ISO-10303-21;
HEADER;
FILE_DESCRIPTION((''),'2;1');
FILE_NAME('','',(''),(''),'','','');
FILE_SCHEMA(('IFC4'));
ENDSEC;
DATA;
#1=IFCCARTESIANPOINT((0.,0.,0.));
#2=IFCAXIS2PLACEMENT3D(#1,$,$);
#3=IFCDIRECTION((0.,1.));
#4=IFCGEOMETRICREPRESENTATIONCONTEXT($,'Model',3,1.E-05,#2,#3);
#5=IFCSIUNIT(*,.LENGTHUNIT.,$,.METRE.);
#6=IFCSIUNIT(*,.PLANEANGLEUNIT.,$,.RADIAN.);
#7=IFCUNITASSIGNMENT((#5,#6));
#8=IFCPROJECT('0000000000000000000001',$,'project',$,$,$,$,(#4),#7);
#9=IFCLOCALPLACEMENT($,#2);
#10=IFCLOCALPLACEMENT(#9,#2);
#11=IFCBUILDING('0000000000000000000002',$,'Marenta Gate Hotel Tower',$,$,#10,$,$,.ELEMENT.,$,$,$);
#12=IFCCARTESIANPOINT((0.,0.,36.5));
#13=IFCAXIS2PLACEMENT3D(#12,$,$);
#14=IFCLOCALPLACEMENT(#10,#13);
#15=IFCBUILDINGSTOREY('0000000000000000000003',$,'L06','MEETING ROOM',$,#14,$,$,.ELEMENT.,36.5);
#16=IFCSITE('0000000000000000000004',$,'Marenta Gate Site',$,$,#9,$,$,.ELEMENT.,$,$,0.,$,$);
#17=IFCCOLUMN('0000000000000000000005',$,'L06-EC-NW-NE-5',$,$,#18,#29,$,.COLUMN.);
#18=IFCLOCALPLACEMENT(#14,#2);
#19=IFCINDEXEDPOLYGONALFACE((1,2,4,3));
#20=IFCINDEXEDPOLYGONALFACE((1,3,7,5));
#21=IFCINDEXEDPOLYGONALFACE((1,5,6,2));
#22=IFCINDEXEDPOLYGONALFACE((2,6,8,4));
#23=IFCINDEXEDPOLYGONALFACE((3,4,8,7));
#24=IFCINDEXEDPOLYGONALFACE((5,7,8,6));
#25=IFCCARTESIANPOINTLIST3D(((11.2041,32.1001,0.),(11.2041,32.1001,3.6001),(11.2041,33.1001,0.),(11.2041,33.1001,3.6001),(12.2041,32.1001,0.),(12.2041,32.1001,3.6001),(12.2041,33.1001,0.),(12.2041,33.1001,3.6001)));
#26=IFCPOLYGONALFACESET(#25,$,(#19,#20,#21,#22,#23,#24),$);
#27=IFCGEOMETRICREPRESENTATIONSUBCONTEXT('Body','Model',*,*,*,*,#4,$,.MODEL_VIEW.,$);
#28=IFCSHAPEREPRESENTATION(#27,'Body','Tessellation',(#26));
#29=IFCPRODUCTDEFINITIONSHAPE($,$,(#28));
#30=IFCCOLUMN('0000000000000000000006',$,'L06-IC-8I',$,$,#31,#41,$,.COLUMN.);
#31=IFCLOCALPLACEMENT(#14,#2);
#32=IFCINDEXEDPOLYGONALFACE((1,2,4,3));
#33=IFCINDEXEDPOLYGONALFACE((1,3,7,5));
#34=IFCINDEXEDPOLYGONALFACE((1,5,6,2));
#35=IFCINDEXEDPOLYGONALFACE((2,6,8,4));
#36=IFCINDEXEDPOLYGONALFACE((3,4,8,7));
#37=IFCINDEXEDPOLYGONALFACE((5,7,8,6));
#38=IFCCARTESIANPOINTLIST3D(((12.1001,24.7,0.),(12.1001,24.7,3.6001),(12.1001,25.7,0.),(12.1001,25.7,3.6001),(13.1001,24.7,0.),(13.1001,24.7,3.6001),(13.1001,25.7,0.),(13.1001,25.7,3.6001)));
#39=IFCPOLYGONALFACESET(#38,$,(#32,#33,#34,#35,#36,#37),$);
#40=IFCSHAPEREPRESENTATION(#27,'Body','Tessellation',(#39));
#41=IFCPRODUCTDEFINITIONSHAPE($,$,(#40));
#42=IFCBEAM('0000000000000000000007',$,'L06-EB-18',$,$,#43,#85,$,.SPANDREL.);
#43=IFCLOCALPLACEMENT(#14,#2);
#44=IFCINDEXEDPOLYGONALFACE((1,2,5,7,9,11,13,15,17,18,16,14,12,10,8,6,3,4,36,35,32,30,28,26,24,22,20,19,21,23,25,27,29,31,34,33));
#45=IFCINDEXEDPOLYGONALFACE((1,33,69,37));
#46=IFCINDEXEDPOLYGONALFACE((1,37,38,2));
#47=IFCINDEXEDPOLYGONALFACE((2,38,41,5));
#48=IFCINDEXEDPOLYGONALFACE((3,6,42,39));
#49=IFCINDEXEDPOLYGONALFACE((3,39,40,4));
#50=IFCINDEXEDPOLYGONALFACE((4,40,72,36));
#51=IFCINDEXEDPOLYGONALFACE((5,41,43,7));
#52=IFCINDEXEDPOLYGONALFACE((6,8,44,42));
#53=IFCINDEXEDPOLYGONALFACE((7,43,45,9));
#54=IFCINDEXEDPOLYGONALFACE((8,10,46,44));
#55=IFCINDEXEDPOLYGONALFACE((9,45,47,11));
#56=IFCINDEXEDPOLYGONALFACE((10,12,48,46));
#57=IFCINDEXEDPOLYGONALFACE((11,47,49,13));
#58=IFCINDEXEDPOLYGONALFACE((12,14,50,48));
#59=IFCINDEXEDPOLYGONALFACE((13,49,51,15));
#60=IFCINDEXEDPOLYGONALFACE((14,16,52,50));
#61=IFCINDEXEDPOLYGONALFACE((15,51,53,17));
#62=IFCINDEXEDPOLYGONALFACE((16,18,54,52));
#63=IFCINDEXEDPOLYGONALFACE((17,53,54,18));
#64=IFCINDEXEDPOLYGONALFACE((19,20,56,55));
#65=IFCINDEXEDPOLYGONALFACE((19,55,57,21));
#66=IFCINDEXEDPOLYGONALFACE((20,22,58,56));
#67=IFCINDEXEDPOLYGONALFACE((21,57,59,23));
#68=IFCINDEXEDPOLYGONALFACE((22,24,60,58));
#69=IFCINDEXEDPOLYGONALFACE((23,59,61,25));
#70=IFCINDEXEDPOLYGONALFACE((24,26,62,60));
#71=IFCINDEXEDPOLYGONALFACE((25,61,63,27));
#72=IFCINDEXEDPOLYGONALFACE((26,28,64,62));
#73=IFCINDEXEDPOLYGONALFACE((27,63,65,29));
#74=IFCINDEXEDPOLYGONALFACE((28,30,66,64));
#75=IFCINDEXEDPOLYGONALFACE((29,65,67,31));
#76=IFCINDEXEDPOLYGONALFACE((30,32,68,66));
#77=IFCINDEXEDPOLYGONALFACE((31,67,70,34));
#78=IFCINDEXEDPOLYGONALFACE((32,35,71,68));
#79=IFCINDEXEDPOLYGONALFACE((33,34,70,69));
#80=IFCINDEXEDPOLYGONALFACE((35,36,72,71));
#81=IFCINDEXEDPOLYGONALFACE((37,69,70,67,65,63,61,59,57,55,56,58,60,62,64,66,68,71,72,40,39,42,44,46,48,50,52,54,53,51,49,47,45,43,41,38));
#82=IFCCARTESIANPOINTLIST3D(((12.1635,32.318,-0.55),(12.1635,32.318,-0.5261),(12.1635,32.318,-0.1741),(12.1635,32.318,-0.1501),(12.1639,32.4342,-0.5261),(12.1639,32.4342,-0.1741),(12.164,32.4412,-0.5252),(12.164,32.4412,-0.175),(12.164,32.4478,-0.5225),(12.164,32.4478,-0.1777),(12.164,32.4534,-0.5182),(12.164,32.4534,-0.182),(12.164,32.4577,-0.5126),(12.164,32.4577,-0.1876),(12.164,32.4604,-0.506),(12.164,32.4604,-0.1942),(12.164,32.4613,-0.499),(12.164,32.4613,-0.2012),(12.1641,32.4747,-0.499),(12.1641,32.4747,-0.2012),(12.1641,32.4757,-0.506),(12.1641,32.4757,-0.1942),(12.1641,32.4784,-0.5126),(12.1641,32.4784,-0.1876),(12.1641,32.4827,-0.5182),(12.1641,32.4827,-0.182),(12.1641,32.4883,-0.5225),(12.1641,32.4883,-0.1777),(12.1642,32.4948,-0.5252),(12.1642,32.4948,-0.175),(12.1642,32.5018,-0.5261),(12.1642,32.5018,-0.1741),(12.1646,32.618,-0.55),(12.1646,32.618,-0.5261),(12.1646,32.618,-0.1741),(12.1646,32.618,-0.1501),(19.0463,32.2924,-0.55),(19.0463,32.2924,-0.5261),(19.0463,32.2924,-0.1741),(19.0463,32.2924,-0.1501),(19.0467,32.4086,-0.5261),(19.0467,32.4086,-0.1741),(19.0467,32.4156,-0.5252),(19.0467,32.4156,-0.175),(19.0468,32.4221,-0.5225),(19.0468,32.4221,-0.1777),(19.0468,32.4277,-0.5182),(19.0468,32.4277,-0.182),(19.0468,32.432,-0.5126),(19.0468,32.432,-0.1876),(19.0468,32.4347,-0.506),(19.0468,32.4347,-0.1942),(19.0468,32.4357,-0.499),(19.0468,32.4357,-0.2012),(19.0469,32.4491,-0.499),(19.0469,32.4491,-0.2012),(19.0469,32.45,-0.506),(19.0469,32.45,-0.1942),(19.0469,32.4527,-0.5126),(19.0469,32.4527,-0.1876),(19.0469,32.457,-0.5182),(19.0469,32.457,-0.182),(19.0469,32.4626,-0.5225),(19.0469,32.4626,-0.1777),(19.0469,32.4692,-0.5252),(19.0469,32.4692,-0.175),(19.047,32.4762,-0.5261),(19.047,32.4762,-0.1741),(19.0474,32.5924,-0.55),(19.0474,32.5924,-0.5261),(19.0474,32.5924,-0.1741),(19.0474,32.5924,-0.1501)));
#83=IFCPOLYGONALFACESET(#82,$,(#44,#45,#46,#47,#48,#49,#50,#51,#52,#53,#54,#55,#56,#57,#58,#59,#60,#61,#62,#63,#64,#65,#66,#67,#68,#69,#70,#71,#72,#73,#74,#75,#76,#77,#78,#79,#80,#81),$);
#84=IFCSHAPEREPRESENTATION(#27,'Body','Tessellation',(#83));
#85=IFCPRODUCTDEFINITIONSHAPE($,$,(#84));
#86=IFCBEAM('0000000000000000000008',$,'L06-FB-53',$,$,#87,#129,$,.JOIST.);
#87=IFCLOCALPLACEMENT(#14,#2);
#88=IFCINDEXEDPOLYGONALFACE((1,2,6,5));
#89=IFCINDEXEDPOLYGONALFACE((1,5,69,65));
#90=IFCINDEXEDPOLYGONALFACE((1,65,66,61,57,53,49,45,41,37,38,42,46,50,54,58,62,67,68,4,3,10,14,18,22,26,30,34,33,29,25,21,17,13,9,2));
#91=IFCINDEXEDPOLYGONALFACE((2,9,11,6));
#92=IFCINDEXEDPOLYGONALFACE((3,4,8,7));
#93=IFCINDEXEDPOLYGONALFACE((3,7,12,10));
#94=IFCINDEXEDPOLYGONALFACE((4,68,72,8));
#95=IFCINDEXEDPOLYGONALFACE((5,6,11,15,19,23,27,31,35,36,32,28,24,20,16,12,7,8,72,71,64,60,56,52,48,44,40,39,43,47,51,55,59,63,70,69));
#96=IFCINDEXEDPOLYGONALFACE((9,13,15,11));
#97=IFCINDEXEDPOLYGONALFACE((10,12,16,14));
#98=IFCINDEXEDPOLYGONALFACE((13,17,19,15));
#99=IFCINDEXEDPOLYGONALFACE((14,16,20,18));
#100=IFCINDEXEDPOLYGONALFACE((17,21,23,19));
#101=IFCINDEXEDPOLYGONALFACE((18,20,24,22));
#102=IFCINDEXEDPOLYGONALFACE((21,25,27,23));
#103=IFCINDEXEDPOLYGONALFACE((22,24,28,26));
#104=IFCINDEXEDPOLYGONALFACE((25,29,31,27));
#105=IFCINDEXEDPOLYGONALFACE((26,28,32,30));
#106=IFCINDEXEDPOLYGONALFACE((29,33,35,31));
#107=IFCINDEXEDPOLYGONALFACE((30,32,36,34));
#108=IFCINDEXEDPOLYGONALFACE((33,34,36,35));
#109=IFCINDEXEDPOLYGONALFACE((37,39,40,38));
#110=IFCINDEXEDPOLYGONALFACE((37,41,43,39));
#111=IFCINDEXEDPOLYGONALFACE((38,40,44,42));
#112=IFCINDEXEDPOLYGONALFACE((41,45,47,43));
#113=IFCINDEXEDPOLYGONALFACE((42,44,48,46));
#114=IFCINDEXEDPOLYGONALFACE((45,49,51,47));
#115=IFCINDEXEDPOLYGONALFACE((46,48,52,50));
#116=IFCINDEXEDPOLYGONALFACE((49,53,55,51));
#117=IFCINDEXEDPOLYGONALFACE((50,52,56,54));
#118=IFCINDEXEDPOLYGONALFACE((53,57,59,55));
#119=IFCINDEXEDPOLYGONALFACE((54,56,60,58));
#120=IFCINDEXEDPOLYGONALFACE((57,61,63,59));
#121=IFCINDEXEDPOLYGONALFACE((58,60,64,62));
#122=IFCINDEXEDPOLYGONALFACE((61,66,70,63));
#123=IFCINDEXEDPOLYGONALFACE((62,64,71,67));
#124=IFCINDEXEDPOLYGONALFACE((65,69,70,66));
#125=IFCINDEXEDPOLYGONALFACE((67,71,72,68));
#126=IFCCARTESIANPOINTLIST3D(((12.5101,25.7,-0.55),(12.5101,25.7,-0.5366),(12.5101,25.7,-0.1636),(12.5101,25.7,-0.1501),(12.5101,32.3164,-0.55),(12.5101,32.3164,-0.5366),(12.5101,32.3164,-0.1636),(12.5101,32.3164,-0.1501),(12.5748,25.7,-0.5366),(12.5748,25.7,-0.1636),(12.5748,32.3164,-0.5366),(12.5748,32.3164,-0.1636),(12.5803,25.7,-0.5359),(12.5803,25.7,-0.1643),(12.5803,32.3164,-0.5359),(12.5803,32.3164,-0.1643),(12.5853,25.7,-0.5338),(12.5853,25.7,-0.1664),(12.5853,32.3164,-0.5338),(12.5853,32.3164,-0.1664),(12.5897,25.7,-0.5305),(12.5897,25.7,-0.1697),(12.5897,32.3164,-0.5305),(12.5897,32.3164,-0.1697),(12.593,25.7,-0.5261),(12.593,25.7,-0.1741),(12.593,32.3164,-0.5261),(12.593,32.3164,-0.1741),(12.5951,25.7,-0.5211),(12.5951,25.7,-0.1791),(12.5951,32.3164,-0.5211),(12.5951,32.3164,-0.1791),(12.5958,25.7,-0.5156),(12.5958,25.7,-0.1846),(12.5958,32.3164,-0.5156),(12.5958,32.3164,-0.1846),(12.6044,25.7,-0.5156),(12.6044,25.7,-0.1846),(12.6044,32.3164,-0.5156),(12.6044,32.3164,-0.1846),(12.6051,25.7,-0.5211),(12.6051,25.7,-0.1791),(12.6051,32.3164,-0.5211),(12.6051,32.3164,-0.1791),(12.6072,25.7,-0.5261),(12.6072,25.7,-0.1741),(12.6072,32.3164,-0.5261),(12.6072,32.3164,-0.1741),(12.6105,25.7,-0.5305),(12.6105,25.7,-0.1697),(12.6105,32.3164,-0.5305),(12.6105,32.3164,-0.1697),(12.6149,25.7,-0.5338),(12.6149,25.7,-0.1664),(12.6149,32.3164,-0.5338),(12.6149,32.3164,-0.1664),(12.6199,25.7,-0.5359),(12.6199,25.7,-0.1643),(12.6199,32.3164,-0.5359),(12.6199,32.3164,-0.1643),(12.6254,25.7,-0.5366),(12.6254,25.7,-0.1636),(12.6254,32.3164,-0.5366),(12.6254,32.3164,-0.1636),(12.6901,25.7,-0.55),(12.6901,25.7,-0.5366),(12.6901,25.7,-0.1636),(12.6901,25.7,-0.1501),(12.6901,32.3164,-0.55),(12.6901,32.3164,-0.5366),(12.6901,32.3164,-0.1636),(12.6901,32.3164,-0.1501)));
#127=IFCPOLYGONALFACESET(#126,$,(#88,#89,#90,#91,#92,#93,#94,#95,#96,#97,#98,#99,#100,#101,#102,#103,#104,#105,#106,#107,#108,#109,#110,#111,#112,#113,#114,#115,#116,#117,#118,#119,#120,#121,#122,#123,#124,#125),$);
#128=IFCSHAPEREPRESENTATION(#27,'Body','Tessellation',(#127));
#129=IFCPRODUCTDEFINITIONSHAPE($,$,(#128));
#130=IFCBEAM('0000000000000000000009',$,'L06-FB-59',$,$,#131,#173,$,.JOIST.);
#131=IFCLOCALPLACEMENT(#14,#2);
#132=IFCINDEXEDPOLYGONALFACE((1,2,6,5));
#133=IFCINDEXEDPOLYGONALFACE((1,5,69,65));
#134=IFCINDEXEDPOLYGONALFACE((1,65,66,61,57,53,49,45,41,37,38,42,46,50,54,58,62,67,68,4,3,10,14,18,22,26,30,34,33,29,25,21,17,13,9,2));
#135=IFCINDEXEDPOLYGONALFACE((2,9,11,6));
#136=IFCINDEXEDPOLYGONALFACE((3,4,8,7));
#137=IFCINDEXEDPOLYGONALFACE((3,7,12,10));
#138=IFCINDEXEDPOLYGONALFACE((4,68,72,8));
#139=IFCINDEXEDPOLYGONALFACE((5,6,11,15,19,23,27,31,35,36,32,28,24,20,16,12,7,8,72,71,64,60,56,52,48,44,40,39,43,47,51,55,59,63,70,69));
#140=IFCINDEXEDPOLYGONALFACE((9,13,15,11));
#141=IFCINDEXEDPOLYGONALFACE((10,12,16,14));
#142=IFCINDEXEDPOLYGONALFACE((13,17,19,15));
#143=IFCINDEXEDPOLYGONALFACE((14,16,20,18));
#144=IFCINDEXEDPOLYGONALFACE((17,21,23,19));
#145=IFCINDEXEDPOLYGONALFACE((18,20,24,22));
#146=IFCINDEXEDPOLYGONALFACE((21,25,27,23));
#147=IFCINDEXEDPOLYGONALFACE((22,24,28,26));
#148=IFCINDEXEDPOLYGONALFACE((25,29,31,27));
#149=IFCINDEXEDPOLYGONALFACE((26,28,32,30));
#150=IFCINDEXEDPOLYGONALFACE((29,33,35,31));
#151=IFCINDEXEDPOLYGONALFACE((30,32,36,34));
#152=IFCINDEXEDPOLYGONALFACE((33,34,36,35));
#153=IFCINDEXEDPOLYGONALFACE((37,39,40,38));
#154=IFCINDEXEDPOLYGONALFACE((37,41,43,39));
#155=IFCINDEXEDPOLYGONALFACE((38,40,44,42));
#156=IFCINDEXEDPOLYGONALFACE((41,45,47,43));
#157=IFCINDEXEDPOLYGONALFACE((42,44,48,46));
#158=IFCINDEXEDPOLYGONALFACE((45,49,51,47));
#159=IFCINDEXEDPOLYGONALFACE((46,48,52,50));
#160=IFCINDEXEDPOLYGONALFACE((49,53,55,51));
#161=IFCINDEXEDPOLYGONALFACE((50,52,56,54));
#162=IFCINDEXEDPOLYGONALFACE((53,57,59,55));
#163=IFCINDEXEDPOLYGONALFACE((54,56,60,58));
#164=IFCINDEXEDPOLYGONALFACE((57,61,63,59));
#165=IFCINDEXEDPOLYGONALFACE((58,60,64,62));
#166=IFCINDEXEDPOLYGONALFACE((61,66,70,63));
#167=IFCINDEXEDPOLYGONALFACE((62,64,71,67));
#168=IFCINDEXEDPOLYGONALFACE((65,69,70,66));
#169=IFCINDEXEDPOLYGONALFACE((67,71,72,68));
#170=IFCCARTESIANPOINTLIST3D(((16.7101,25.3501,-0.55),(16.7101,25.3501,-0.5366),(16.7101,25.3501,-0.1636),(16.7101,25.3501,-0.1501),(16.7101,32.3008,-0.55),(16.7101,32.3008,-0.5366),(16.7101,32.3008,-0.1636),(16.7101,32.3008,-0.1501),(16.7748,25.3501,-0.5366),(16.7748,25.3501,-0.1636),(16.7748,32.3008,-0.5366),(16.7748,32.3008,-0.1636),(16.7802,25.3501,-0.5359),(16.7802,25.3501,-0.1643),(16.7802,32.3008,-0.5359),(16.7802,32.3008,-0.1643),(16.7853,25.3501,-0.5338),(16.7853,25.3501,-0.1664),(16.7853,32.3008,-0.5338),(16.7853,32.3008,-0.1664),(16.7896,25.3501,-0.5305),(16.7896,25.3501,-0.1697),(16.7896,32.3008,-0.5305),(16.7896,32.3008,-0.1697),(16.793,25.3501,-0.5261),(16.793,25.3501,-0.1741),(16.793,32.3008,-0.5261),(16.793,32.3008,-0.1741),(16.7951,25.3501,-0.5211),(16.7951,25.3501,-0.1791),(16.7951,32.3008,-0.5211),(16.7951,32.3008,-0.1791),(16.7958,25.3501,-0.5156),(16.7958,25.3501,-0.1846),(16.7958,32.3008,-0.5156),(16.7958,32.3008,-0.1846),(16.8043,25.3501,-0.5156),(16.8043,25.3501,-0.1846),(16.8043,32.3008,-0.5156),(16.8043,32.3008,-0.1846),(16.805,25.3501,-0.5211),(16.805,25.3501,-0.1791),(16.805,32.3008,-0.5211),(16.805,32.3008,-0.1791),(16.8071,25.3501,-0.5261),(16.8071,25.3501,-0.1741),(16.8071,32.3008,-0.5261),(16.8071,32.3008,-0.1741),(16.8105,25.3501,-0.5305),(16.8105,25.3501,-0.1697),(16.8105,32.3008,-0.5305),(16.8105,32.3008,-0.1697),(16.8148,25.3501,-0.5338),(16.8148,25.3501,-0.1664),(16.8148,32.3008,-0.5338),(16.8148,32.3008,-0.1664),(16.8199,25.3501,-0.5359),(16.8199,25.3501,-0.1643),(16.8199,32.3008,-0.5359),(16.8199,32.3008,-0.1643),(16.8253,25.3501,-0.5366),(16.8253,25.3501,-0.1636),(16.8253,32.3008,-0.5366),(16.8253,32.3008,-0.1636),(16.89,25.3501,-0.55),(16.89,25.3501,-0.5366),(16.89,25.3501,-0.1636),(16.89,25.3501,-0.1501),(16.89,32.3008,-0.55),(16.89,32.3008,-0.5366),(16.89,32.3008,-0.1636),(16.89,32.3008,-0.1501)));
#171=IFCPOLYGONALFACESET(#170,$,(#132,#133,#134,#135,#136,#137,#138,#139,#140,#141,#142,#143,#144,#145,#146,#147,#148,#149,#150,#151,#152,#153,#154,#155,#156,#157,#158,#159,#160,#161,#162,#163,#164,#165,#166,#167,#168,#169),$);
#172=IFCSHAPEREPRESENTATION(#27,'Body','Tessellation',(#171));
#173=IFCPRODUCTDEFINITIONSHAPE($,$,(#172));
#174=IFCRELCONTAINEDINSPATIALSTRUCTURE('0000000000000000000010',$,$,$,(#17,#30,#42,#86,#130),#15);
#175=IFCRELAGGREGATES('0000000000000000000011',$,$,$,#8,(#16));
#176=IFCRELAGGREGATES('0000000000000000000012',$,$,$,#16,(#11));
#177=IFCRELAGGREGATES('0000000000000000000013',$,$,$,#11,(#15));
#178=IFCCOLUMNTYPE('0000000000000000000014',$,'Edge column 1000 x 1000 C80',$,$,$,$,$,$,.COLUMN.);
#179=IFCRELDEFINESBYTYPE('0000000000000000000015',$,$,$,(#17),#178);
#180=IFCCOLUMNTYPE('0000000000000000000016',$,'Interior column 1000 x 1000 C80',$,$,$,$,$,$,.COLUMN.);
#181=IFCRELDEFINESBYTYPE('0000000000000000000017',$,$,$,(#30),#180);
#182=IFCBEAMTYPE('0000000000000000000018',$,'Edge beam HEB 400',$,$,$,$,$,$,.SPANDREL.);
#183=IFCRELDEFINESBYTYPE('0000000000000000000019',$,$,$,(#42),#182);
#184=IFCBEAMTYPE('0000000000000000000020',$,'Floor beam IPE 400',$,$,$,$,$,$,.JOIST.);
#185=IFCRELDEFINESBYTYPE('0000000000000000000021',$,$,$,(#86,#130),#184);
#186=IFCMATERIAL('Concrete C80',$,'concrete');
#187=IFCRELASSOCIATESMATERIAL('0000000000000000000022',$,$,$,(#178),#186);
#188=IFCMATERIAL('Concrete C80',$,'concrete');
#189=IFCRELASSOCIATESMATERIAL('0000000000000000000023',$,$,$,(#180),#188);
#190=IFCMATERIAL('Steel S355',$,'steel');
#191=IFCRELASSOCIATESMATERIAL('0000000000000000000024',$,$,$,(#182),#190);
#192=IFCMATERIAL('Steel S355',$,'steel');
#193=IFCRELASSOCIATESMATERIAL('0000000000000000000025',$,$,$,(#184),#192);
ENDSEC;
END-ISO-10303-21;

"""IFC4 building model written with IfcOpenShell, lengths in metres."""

from ifc_helpers import new_model, si_unit, direction, frame, origin, origin_2d, place, context, subcontext, project, spatial, rectangle, i_section, extrude, material, material_profile, profile_set, type_object, element, save


model = new_model("IFC4")

# Units and contexts
model_context = context("Model", 3, precision=1e-05, world=origin(), true_north=direction((0.0, 1.0)))
body_context = subcontext(model_context, "Body", "Model", "MODEL_VIEW")
ifc_project = project(units=[si_unit("LENGTHUNIT", "METRE"), si_unit("PLANEANGLEUNIT", "RADIAN")], contexts=[model_context])

# Site, building, storey
site_placement = place(None, origin())
site = spatial("IfcSite", under=ifc_project, at=site_placement, Name="Marenta Gate Site", CompositionType="ELEMENT", RefElevation=0.0)
building_placement = place(site_placement, origin())
building = spatial("IfcBuilding", under=site, at=building_placement, Name="Marenta Gate Hotel Tower", CompositionType="ELEMENT")
storey_placement = place(building_placement, frame((0.0, 0.0, 36.5)))
storey = spatial("IfcBuildingStorey", under=building, at=storey_placement, Name="L06", Description="MEETING ROOM", CompositionType="ELEMENT", Elevation=36.5)

# Columns
ifc_material_1 = material(Name="Concrete C80", Category="concrete")
ifc_material_profile_1 = material_profile(ifc_material_1, rectangle(XDim=1.0, YDim=1.0, at=origin_2d()), Name="1000 x 1000")
ifc_profile_set_1 = profile_set([ifc_material_profile_1], Name="Concrete C80")
column_type_1 = type_object("IfcColumnType", Name="Edge column 1000 x 1000 C80", PredefinedType="COLUMN", material=ifc_profile_set_1)
column_1_placement = place(storey_placement, frame((11.7041, 32.6001, 0.0), z_axis=(0.0, 0.0, 1.0), x_axis=(1.0, 0.0, 0.0)))
element("IfcColumn", 1, at=column_1_placement, inside=storey, type_object=column_type_1, Name="L06-EC-NW-NE-5", PredefinedType="COLUMN", context=body_context, shape_type="SweptSolid", body=[
    extrude(rectangle(XDim=1.0, YDim=1.0, at=origin_2d()), origin(), (0.0, 0.0, 1.0), 3.6001),
])
ifc_material_2 = material(Name="Concrete C80", Category="concrete")
ifc_material_profile_2 = material_profile(ifc_material_2, rectangle(XDim=1.0, YDim=1.0, at=origin_2d()), Name="1000 x 1000")
ifc_profile_set_2 = profile_set([ifc_material_profile_2], Name="Concrete C80")
column_type_2 = type_object("IfcColumnType", Name="Interior column 1000 x 1000 C80", PredefinedType="COLUMN", material=ifc_profile_set_2)
column_2_placement = place(storey_placement, frame((12.6001, 25.2, 0.0), z_axis=(0.0, 0.0, 1.0), x_axis=(1.0, 0.0, 0.0)))
element("IfcColumn", 2, at=column_2_placement, inside=storey, type_object=column_type_2, Name="L06-IC-8I", PredefinedType="COLUMN", context=body_context, shape_type="SweptSolid", body=[
    extrude(rectangle(XDim=1.0, YDim=1.0, at=origin_2d()), origin(), (0.0, 0.0, 1.0), 3.6001),
])

# Beams
ifc_material_3 = material(Name="Steel S355", Category="steel")
ifc_material_profile_3 = material_profile(ifc_material_3, i_section(OverallWidth=0.3, OverallDepth=0.3999, WebThickness=0.0134, FlangeThickness=0.0239, FilletRadius=0.0271, at=origin_2d()), Name="HEB 400")
ifc_profile_set_3 = profile_set([ifc_material_profile_3], Name="Steel S355")
beam_type_1 = type_object("IfcBeamType", Name="Edge beam HEB 400", PredefinedType="SPANDREL", material=ifc_profile_set_3)
beam_1_placement = place(storey_placement, frame((12.1641, 32.468, -0.3501), z_axis=(0.999993, -0.003724, 0.0), x_axis=(0.003724, 0.999993, 0.0)))
element("IfcBeam", 3, at=beam_1_placement, inside=storey, type_object=beam_type_1, Name="L06-EB-18", PredefinedType="SPANDREL", context=body_context, shape_type="SweptSolid", body=[
    extrude(i_section(OverallWidth=0.3, OverallDepth=0.3999, WebThickness=0.0134, FlangeThickness=0.0239, FilletRadius=0.0271, at=origin_2d()), origin(), (0.0, 0.0, 1.0), 6.8828),
])
ifc_material_4 = material(Name="Steel S355", Category="steel")
ifc_material_profile_4 = material_profile(ifc_material_4, i_section(OverallWidth=0.1799, OverallDepth=0.3999, WebThickness=0.0085, FlangeThickness=0.0134, FilletRadius=0.021, at=origin_2d()), Name="IPE 400")
ifc_profile_set_4 = profile_set([ifc_material_profile_4], Name="Steel S355")
beam_type_2 = type_object("IfcBeamType", Name="Floor beam IPE 400", PredefinedType="JOIST", material=ifc_profile_set_4)
beam_2_placement = place(storey_placement, frame((12.6001, 25.7, -0.3501), z_axis=(0.0, 1.0, 0.0), x_axis=(-1.0, 0.0, 0.0)))
element("IfcBeam", 4, at=beam_2_placement, inside=storey, type_object=beam_type_2, Name="L06-FB-53", PredefinedType="JOIST", context=body_context, shape_type="SweptSolid", body=[
    extrude(i_section(OverallWidth=0.1799, OverallDepth=0.3999, WebThickness=0.0085, FlangeThickness=0.0134, FilletRadius=0.021, at=origin_2d()), origin(), (0.0, 0.0, 1.0), 6.6165),
])
beam_3_placement = place(storey_placement, frame((16.8, 25.3501, -0.3501), z_axis=(0.0, 1.0, 0.0), x_axis=(-1.0, 0.0, 0.0)))
element("IfcBeam", 5, at=beam_3_placement, inside=storey, type_object=beam_type_2, Name="L06-FB-59", PredefinedType="JOIST", context=body_context, shape_type="SweptSolid", body=[
    extrude(i_section(OverallWidth=0.1799, OverallDepth=0.3999, WebThickness=0.0085, FlangeThickness=0.0134, FilletRadius=0.021, at=origin_2d()), origin(), (0.0, 0.0, 1.0), 6.9507),
])

save(model, "model.ifc")
